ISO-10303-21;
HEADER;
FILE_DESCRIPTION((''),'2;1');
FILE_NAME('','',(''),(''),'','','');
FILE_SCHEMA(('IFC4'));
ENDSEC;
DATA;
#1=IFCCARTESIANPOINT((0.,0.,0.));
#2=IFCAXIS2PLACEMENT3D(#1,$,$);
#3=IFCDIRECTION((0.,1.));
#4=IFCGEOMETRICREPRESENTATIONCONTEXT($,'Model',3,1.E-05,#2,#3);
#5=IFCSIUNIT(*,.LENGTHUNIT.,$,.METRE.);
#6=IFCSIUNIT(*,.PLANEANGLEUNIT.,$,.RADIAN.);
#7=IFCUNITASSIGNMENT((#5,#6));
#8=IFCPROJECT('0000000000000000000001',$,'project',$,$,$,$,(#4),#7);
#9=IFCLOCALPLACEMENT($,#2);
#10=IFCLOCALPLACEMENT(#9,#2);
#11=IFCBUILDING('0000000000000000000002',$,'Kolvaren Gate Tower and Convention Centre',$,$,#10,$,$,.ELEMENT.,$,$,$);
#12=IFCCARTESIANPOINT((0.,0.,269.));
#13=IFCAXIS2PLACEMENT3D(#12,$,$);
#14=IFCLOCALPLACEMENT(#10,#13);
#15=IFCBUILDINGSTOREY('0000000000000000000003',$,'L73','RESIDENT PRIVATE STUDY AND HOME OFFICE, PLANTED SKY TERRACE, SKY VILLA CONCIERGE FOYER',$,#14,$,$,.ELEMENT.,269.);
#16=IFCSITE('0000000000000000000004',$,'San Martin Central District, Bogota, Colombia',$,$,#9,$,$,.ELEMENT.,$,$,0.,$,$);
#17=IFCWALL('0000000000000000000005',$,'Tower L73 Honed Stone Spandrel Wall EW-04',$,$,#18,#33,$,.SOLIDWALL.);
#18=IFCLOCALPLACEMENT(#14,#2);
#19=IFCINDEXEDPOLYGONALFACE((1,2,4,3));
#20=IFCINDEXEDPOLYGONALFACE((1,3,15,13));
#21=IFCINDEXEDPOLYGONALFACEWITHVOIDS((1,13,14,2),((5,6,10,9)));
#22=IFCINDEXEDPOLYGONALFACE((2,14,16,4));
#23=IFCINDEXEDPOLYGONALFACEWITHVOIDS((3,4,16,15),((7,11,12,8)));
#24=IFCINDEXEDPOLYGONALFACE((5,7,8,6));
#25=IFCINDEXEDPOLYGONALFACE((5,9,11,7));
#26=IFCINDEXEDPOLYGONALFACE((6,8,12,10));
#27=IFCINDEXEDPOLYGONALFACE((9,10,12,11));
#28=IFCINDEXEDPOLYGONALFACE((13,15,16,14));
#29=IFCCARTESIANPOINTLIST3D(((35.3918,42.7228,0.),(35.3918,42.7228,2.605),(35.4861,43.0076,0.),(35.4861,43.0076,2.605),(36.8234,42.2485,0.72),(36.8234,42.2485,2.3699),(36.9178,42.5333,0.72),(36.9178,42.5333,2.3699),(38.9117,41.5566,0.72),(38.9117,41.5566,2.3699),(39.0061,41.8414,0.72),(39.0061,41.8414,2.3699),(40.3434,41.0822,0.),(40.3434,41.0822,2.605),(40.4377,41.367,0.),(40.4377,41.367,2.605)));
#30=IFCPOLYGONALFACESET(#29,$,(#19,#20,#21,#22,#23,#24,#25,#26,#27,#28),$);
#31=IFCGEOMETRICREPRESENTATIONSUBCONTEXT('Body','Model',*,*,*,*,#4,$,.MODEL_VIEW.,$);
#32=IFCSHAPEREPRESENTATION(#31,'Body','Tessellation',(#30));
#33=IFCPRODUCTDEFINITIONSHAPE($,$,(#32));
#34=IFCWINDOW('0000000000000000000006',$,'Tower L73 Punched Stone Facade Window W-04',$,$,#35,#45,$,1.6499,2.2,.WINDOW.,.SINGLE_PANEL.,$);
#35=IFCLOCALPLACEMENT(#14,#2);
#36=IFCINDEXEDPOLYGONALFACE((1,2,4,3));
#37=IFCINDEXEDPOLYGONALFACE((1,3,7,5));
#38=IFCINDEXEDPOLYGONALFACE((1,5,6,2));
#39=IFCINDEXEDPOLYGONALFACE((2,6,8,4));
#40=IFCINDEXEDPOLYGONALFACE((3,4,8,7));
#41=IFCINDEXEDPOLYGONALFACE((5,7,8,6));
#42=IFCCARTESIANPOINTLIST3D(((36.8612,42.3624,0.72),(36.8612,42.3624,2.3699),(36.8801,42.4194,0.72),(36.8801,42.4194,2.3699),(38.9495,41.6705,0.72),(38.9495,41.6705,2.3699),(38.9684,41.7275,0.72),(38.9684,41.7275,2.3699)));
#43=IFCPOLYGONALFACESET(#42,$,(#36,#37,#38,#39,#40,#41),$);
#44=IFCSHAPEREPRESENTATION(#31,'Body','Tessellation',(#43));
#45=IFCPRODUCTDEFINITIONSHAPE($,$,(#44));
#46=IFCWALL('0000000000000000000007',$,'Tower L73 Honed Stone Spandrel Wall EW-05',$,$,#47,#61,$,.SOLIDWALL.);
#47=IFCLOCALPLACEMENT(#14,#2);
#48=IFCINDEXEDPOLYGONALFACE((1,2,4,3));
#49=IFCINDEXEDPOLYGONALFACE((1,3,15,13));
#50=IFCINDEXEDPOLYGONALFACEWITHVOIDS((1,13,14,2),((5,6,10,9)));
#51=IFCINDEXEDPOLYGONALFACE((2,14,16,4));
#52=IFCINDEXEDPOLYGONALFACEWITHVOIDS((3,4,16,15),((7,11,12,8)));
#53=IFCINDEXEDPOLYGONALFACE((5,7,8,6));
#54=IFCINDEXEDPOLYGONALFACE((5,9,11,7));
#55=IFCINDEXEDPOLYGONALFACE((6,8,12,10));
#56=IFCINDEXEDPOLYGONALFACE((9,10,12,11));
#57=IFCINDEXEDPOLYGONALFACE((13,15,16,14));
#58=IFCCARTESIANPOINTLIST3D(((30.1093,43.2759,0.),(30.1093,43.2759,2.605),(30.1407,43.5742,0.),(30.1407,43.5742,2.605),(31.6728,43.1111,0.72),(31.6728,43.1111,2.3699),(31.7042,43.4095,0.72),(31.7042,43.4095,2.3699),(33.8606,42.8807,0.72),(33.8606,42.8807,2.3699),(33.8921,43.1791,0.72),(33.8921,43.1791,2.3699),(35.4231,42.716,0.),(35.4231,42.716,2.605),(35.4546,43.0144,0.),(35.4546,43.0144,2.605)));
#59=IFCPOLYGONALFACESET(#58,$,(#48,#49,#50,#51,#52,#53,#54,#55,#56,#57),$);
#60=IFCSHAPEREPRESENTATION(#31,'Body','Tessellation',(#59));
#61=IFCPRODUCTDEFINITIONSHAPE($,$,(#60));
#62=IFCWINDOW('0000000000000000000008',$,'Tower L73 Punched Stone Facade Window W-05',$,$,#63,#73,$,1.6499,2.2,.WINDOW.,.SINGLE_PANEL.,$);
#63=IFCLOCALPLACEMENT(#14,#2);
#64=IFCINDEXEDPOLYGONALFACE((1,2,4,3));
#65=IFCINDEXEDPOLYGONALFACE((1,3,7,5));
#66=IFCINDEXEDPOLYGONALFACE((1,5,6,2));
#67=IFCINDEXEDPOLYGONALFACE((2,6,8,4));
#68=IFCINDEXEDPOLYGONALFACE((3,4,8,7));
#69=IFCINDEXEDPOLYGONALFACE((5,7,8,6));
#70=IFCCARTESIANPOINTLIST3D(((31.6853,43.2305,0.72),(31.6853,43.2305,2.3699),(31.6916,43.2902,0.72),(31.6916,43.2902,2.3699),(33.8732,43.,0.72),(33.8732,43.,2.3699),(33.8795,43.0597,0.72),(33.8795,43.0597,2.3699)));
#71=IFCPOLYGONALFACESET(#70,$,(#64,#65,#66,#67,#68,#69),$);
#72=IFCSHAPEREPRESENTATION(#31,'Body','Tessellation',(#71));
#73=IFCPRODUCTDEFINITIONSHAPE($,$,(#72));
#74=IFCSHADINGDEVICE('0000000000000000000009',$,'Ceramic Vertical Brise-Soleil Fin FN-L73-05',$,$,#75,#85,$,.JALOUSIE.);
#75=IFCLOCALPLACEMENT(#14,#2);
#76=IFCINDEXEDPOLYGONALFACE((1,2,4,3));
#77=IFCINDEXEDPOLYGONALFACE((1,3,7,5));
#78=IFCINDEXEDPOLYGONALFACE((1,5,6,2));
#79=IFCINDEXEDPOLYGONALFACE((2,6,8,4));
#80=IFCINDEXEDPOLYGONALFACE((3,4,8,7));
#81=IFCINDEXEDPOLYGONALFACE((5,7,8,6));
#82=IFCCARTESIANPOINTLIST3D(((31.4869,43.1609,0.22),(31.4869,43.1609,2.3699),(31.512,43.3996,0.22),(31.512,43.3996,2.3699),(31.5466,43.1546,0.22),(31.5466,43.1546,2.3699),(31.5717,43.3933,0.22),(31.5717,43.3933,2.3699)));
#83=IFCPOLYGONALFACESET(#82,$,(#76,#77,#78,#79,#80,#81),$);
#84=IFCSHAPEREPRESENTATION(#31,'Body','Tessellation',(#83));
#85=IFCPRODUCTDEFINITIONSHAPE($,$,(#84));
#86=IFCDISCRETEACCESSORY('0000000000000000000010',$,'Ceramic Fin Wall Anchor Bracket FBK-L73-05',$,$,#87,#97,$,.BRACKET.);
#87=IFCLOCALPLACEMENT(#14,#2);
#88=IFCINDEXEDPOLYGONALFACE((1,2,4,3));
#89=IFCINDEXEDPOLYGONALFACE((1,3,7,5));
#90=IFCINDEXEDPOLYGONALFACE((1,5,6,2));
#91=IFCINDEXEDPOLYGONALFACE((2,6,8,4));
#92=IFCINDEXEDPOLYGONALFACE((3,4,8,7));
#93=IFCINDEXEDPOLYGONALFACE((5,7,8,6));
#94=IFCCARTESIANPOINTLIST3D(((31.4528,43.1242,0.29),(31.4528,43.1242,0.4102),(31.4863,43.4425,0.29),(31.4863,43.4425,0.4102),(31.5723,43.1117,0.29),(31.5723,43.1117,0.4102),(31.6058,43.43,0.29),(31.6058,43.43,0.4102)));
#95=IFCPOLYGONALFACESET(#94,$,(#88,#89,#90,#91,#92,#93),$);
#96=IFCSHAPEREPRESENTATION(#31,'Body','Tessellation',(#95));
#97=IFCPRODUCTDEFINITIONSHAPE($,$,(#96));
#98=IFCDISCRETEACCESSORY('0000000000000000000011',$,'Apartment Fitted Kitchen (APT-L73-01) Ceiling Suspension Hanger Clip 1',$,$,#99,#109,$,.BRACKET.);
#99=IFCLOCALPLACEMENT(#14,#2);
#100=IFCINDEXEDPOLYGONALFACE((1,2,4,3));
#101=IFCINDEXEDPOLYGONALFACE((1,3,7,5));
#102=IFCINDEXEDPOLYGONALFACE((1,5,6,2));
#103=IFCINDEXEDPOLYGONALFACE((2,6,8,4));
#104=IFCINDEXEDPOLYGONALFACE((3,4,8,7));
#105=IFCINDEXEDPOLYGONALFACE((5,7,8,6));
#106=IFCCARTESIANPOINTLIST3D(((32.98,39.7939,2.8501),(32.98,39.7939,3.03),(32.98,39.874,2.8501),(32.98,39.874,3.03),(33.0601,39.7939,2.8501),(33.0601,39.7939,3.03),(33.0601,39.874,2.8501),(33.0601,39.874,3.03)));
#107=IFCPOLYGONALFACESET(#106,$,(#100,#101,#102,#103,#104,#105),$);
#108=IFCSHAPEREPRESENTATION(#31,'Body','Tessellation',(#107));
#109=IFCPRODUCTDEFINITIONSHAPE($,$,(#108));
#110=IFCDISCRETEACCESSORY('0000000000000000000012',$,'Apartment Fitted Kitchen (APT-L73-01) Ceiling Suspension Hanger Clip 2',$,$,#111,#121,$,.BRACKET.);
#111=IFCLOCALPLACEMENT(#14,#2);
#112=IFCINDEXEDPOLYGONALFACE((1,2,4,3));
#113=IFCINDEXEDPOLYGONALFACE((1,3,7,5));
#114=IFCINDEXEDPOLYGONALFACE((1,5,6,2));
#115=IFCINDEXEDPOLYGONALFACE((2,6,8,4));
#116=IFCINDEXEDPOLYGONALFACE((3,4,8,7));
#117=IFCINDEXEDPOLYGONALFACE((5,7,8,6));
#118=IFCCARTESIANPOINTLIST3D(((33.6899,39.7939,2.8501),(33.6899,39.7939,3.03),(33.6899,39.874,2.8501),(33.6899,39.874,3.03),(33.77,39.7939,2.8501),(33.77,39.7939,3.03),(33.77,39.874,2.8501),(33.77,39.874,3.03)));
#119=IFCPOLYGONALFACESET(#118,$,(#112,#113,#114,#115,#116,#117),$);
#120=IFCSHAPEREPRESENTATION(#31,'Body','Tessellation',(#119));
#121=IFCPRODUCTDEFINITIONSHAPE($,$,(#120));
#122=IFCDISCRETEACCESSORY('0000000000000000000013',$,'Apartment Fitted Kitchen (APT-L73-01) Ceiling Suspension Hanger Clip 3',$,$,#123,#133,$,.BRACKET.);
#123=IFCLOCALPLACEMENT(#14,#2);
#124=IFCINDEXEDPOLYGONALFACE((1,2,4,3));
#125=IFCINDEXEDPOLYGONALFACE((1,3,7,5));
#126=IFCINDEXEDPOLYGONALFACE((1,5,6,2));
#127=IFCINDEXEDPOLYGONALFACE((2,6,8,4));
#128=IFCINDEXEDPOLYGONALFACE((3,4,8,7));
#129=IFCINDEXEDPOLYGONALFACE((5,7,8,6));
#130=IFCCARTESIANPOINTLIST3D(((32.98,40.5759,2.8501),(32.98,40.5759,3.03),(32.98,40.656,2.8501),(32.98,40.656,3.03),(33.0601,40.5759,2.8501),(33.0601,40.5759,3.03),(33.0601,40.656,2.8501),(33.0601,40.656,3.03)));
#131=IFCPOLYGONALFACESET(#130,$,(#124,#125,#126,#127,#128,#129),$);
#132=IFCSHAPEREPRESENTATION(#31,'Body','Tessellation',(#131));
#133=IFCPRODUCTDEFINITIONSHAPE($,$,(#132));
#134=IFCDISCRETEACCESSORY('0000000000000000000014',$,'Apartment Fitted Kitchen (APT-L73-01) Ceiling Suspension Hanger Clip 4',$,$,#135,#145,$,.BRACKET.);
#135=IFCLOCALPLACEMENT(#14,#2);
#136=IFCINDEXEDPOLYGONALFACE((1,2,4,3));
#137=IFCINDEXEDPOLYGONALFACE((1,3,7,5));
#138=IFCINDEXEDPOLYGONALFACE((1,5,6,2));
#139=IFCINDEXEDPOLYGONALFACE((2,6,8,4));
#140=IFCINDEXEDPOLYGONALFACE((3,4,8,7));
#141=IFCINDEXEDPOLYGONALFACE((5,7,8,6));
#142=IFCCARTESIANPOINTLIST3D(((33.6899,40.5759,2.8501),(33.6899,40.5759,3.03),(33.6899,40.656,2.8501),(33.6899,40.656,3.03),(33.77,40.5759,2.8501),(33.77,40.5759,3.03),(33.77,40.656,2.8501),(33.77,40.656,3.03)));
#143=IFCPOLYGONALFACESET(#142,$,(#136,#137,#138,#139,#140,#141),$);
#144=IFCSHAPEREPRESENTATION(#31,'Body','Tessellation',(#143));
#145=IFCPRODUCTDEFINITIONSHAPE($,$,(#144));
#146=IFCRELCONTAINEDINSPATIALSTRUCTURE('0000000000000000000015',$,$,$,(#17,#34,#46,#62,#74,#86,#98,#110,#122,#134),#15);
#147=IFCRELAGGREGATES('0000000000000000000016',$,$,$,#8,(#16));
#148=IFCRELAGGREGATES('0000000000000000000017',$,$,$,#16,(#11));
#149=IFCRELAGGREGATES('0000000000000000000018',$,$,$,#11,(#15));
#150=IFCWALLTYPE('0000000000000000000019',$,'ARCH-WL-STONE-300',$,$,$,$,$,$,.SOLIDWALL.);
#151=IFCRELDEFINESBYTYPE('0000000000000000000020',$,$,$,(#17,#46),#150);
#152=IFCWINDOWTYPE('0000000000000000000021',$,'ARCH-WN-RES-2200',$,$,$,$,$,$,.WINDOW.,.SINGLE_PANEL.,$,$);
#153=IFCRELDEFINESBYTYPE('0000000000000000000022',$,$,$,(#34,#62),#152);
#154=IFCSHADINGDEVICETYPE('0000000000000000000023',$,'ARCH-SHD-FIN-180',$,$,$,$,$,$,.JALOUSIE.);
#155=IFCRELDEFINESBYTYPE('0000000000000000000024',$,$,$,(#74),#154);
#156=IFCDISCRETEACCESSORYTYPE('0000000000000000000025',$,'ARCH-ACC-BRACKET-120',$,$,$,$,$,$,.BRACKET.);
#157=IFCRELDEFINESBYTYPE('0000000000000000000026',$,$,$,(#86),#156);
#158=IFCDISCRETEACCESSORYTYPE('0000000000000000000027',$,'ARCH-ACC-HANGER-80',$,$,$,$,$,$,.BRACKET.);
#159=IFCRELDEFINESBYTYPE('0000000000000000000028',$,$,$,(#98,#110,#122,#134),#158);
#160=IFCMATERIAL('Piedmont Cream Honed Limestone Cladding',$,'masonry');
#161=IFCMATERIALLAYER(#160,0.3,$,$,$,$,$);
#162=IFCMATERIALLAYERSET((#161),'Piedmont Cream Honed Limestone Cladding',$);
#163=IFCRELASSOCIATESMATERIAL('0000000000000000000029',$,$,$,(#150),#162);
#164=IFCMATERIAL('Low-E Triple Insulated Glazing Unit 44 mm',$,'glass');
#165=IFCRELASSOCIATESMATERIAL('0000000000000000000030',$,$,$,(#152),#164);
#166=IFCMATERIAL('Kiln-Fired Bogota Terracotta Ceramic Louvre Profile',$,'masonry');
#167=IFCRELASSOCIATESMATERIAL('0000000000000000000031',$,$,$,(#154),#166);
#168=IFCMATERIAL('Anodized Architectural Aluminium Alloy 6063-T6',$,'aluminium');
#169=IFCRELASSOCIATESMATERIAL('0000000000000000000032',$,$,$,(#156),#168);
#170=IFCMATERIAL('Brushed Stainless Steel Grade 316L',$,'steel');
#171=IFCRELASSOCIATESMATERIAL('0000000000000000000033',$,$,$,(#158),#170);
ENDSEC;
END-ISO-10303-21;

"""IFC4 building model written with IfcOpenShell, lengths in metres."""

from ifc_helpers import new_model, si_unit, direction, frame, frame_2d, origin, origin_2d, place, context, subcontext, project, spatial, rectangle, extrude, material, layer, layer_set, type_object, element, fill, save


model = new_model("IFC4")

# Units and contexts
model_context = context("Model", 3, precision=1e-05, world=origin(), true_north=direction((0.0, 1.0)))
body_context = subcontext(model_context, "Body", "Model", "MODEL_VIEW")
ifc_project = project(units=[si_unit("LENGTHUNIT", "METRE"), si_unit("PLANEANGLEUNIT", "RADIAN")], contexts=[model_context])

# Site, building, storey
site_placement = place(None, origin())
site = spatial("IfcSite", under=ifc_project, at=site_placement, Name="San Martin Central District, Bogota, Colombia", CompositionType="ELEMENT", RefElevation=0.0)
building_placement = place(site_placement, origin())
building = spatial("IfcBuilding", under=site, at=building_placement, Name="Kolvaren Gate Tower and Convention Centre", CompositionType="ELEMENT")
storey_placement = place(building_placement, frame((0.0, 0.0, 269.0)))
storey = spatial("IfcBuildingStorey", under=building, at=storey_placement, Name="L73", Description="RESIDENT PRIVATE STUDY AND HOME OFFICE, PLANTED SKY TERRACE, SKY VILLA CONCIERGE FOYER", CompositionType="ELEMENT", Elevation=269.0)

# Shared definitions
ifc_material_1 = material(Name="Piedmont Cream Honed Limestone Cladding", Category="masonry")

# Walls, openings, windows
ifc_layer_1 = layer(ifc_material_1, 0.3)
ifc_layer_set_1 = layer_set([ifc_layer_1], Name="Piedmont Cream Honed Limestone Cladding")
wall_type_1 = type_object("IfcWallType", Name="ARCH-WL-STONE-300", PredefinedType="SOLIDWALL", material=ifc_layer_set_1)
wall_1_placement = place(storey_placement, frame((35.439, 42.8652, 0.0), z_axis=(0.0, 0.0, 1.0), x_axis=(0.949253, -0.314514, 0.0)))
wall_1 = element("IfcWall", 1, at=wall_1_placement, inside=storey, type_object=wall_type_1, Name="Tower L73 Honed Stone Spandrel Wall EW-04", PredefinedType="SOLIDWALL", context=body_context, shape_type="SweptSolid", body=[
    extrude(rectangle(XDim=5.2163, YDim=0.3, at=frame_2d((2.6082, 0.0))), origin(), (0.0, 0.0, 1.0), 2.605),
])
opening_1_placement = place(wall_1_placement, frame((1.5081, 0.0, 0.72)))
opening_1 = element("IfcOpeningElement", 2, at=opening_1_placement, cuts=wall_1, PredefinedType="OPENING", context=body_context, shape_type="SweptSolid", body=[
    extrude(rectangle(XDim=2.2, YDim=1.6499, at=frame_2d((1.1001, 0.825))), frame((0.0, 0.1599, 0.0), z_axis=(0.0, -1.0, 0.0), x_axis=(1.0, 0.0, 0.0)), (0.0, 0.0, 1.0), 0.3201),
])
ifc_material_2 = material(Name="Low-E Triple Insulated Glazing Unit 44 mm", Category="glass")
window_type = type_object("IfcWindowType", Name="ARCH-WN-RES-2200", PartitioningType="SINGLE_PANEL", PredefinedType="WINDOW", material=ifc_material_2)
window_1_placement = place(opening_1_placement, origin())
window_1 = element("IfcWindow", 3, at=window_1_placement, inside=storey, type_object=window_type, Name="Tower L73 Punched Stone Facade Window W-04", OverallHeight=1.6499, OverallWidth=2.2, PartitioningType="SINGLE_PANEL", PredefinedType="WINDOW", context=body_context, shape_type="SweptSolid", body=[
    extrude(rectangle(XDim=2.2, YDim=1.6499, at=frame_2d((1.1001, 0.825))), frame((0.0, 0.03, 0.0), z_axis=(0.0, -1.0, 0.0), x_axis=(1.0, 0.0, 0.0)), (0.0, 0.0, 1.0), 0.0601),
])
fill(opening_1, window_1)
wall_2_placement = place(storey_placement, frame((30.125, 43.425, 0.0), z_axis=(0.0, 0.0, 1.0), x_axis=(0.994497, -0.104768, 0.0)))
wall_2 = element("IfcWall", 4, at=wall_2_placement, inside=storey, type_object=wall_type_1, Name="Tower L73 Honed Stone Spandrel Wall EW-05", PredefinedType="SOLIDWALL", context=body_context, shape_type="SweptSolid", body=[
    extrude(rectangle(XDim=5.3433, YDim=0.3, at=frame_2d((2.6716, 0.0))), origin(), (0.0, 0.0, 1.0), 2.605),
])
opening_2_placement = place(wall_2_placement, frame((1.572, 0.0, 0.72)))
opening_2 = element("IfcOpeningElement", 5, at=opening_2_placement, cuts=wall_2, PredefinedType="OPENING", context=body_context, shape_type="SweptSolid", body=[
    extrude(rectangle(XDim=2.2, YDim=1.6499, at=frame_2d((1.1001, 0.825))), frame((0.0, 0.1599, 0.0), z_axis=(0.0, -1.0, 0.0), x_axis=(1.0, 0.0, 0.0)), (0.0, 0.0, 1.0), 0.3201),
])
window_2_placement = place(opening_2_placement, origin())
window_2 = element("IfcWindow", 6, at=window_2_placement, inside=storey, type_object=window_type, Name="Tower L73 Punched Stone Facade Window W-05", OverallHeight=1.6499, OverallWidth=2.2, PartitioningType="SINGLE_PANEL", PredefinedType="WINDOW", context=body_context, shape_type="SweptSolid", body=[
    extrude(rectangle(XDim=2.2, YDim=1.6499, at=frame_2d((1.1001, 0.825))), frame((0.0, 0.03, 0.0), z_axis=(0.0, -1.0, 0.0), x_axis=(1.0, 0.0, 0.0)), (0.0, 0.0, 1.0), 0.0601),
])
fill(opening_2, window_2)

# Shading device
ifc_material_3 = material(Name="Kiln-Fired Bogota Terracotta Ceramic Louvre Profile", Category="masonry")
shading_device_type = type_object("IfcShadingDeviceType", Name="ARCH-SHD-FIN-180", PredefinedType="JALOUSIE", material=ifc_material_3)
shading_device_placement = place(storey_placement, frame((31.5293, 43.2771, 0.22), z_axis=(0.0, 0.0, 1.0), x_axis=(0.994499, -0.104749, 0.0)))
element("IfcShadingDevice", 7, at=shading_device_placement, inside=storey, type_object=shading_device_type, Name="Ceramic Vertical Brise-Soleil Fin FN-L73-05", PredefinedType="JALOUSIE", context=body_context, shape_type="SweptSolid", body=[
    extrude(rectangle(XDim=0.0601, YDim=0.24, at=origin_2d()), origin(), (0.0, 0.0, 1.0), 2.1499),
])

# Discrete accessories
ifc_material_4 = material(Name="Anodized Architectural Aluminium Alloy 6063-T6", Category="aluminium")
discrete_accessory_type_1 = type_object("IfcDiscreteAccessoryType", Name="ARCH-ACC-BRACKET-120", PredefinedType="BRACKET", material=ifc_material_4)
discrete_accessory_placement = place(storey_placement, frame((31.5293, 43.2771, 0.29), z_axis=(0.0, 0.0, 1.0), x_axis=(0.994499, -0.104749, 0.0)))
element("IfcDiscreteAccessory", 8, at=discrete_accessory_placement, inside=storey, type_object=discrete_accessory_type_1, Name="Ceramic Fin Wall Anchor Bracket FBK-L73-05", PredefinedType="BRACKET", context=body_context, shape_type="SweptSolid", body=[
    extrude(rectangle(XDim=0.1201, YDim=0.3201, at=origin_2d()), origin(), (0.0, 0.0, 1.0), 0.1201),
])
ifc_material_5 = material(Name="Brushed Stainless Steel Grade 316L", Category="steel")
discrete_accessory_type_2 = type_object("IfcDiscreteAccessoryType", Name="ARCH-ACC-HANGER-80", PredefinedType="BRACKET", material=ifc_material_5)
for number, where, z_axis, x_axis, name in (
    (9, (33.02, 39.834, 2.8501), (0.0, 0.0, 1.0), (1.0, 0.0, 0.0), "Apartment Fitted Kitchen (APT-L73-01) Ceiling Suspension Hanger Clip 1"),
    (10, (33.73, 39.834, 2.8501), (0.0, 0.0, 1.0), (1.0, 0.0, 0.0), "Apartment Fitted Kitchen (APT-L73-01) Ceiling Suspension Hanger Clip 2"),
    (11, (33.02, 40.616, 2.8501), (0.0, 0.0, 1.0), (1.0, 0.0, 0.0), "Apartment Fitted Kitchen (APT-L73-01) Ceiling Suspension Hanger Clip 3"),
    (12, (33.73, 40.616, 2.8501), (0.0, 0.0, 1.0), (1.0, 0.0, 0.0), "Apartment Fitted Kitchen (APT-L73-01) Ceiling Suspension Hanger Clip 4"),
):
    element("IfcDiscreteAccessory", number, at=place(storey_placement, frame(where, z_axis=z_axis, x_axis=x_axis)), inside=storey, type_object=discrete_accessory_type_2, Name=name, PredefinedType="BRACKET", context=body_context, shape_type="SweptSolid", body=[
        extrude(rectangle(XDim=0.0801, YDim=0.0801, at=origin_2d()), origin(), (0.0, 0.0, 1.0), 0.1799),
    ])

save(model, "model.ifc")
